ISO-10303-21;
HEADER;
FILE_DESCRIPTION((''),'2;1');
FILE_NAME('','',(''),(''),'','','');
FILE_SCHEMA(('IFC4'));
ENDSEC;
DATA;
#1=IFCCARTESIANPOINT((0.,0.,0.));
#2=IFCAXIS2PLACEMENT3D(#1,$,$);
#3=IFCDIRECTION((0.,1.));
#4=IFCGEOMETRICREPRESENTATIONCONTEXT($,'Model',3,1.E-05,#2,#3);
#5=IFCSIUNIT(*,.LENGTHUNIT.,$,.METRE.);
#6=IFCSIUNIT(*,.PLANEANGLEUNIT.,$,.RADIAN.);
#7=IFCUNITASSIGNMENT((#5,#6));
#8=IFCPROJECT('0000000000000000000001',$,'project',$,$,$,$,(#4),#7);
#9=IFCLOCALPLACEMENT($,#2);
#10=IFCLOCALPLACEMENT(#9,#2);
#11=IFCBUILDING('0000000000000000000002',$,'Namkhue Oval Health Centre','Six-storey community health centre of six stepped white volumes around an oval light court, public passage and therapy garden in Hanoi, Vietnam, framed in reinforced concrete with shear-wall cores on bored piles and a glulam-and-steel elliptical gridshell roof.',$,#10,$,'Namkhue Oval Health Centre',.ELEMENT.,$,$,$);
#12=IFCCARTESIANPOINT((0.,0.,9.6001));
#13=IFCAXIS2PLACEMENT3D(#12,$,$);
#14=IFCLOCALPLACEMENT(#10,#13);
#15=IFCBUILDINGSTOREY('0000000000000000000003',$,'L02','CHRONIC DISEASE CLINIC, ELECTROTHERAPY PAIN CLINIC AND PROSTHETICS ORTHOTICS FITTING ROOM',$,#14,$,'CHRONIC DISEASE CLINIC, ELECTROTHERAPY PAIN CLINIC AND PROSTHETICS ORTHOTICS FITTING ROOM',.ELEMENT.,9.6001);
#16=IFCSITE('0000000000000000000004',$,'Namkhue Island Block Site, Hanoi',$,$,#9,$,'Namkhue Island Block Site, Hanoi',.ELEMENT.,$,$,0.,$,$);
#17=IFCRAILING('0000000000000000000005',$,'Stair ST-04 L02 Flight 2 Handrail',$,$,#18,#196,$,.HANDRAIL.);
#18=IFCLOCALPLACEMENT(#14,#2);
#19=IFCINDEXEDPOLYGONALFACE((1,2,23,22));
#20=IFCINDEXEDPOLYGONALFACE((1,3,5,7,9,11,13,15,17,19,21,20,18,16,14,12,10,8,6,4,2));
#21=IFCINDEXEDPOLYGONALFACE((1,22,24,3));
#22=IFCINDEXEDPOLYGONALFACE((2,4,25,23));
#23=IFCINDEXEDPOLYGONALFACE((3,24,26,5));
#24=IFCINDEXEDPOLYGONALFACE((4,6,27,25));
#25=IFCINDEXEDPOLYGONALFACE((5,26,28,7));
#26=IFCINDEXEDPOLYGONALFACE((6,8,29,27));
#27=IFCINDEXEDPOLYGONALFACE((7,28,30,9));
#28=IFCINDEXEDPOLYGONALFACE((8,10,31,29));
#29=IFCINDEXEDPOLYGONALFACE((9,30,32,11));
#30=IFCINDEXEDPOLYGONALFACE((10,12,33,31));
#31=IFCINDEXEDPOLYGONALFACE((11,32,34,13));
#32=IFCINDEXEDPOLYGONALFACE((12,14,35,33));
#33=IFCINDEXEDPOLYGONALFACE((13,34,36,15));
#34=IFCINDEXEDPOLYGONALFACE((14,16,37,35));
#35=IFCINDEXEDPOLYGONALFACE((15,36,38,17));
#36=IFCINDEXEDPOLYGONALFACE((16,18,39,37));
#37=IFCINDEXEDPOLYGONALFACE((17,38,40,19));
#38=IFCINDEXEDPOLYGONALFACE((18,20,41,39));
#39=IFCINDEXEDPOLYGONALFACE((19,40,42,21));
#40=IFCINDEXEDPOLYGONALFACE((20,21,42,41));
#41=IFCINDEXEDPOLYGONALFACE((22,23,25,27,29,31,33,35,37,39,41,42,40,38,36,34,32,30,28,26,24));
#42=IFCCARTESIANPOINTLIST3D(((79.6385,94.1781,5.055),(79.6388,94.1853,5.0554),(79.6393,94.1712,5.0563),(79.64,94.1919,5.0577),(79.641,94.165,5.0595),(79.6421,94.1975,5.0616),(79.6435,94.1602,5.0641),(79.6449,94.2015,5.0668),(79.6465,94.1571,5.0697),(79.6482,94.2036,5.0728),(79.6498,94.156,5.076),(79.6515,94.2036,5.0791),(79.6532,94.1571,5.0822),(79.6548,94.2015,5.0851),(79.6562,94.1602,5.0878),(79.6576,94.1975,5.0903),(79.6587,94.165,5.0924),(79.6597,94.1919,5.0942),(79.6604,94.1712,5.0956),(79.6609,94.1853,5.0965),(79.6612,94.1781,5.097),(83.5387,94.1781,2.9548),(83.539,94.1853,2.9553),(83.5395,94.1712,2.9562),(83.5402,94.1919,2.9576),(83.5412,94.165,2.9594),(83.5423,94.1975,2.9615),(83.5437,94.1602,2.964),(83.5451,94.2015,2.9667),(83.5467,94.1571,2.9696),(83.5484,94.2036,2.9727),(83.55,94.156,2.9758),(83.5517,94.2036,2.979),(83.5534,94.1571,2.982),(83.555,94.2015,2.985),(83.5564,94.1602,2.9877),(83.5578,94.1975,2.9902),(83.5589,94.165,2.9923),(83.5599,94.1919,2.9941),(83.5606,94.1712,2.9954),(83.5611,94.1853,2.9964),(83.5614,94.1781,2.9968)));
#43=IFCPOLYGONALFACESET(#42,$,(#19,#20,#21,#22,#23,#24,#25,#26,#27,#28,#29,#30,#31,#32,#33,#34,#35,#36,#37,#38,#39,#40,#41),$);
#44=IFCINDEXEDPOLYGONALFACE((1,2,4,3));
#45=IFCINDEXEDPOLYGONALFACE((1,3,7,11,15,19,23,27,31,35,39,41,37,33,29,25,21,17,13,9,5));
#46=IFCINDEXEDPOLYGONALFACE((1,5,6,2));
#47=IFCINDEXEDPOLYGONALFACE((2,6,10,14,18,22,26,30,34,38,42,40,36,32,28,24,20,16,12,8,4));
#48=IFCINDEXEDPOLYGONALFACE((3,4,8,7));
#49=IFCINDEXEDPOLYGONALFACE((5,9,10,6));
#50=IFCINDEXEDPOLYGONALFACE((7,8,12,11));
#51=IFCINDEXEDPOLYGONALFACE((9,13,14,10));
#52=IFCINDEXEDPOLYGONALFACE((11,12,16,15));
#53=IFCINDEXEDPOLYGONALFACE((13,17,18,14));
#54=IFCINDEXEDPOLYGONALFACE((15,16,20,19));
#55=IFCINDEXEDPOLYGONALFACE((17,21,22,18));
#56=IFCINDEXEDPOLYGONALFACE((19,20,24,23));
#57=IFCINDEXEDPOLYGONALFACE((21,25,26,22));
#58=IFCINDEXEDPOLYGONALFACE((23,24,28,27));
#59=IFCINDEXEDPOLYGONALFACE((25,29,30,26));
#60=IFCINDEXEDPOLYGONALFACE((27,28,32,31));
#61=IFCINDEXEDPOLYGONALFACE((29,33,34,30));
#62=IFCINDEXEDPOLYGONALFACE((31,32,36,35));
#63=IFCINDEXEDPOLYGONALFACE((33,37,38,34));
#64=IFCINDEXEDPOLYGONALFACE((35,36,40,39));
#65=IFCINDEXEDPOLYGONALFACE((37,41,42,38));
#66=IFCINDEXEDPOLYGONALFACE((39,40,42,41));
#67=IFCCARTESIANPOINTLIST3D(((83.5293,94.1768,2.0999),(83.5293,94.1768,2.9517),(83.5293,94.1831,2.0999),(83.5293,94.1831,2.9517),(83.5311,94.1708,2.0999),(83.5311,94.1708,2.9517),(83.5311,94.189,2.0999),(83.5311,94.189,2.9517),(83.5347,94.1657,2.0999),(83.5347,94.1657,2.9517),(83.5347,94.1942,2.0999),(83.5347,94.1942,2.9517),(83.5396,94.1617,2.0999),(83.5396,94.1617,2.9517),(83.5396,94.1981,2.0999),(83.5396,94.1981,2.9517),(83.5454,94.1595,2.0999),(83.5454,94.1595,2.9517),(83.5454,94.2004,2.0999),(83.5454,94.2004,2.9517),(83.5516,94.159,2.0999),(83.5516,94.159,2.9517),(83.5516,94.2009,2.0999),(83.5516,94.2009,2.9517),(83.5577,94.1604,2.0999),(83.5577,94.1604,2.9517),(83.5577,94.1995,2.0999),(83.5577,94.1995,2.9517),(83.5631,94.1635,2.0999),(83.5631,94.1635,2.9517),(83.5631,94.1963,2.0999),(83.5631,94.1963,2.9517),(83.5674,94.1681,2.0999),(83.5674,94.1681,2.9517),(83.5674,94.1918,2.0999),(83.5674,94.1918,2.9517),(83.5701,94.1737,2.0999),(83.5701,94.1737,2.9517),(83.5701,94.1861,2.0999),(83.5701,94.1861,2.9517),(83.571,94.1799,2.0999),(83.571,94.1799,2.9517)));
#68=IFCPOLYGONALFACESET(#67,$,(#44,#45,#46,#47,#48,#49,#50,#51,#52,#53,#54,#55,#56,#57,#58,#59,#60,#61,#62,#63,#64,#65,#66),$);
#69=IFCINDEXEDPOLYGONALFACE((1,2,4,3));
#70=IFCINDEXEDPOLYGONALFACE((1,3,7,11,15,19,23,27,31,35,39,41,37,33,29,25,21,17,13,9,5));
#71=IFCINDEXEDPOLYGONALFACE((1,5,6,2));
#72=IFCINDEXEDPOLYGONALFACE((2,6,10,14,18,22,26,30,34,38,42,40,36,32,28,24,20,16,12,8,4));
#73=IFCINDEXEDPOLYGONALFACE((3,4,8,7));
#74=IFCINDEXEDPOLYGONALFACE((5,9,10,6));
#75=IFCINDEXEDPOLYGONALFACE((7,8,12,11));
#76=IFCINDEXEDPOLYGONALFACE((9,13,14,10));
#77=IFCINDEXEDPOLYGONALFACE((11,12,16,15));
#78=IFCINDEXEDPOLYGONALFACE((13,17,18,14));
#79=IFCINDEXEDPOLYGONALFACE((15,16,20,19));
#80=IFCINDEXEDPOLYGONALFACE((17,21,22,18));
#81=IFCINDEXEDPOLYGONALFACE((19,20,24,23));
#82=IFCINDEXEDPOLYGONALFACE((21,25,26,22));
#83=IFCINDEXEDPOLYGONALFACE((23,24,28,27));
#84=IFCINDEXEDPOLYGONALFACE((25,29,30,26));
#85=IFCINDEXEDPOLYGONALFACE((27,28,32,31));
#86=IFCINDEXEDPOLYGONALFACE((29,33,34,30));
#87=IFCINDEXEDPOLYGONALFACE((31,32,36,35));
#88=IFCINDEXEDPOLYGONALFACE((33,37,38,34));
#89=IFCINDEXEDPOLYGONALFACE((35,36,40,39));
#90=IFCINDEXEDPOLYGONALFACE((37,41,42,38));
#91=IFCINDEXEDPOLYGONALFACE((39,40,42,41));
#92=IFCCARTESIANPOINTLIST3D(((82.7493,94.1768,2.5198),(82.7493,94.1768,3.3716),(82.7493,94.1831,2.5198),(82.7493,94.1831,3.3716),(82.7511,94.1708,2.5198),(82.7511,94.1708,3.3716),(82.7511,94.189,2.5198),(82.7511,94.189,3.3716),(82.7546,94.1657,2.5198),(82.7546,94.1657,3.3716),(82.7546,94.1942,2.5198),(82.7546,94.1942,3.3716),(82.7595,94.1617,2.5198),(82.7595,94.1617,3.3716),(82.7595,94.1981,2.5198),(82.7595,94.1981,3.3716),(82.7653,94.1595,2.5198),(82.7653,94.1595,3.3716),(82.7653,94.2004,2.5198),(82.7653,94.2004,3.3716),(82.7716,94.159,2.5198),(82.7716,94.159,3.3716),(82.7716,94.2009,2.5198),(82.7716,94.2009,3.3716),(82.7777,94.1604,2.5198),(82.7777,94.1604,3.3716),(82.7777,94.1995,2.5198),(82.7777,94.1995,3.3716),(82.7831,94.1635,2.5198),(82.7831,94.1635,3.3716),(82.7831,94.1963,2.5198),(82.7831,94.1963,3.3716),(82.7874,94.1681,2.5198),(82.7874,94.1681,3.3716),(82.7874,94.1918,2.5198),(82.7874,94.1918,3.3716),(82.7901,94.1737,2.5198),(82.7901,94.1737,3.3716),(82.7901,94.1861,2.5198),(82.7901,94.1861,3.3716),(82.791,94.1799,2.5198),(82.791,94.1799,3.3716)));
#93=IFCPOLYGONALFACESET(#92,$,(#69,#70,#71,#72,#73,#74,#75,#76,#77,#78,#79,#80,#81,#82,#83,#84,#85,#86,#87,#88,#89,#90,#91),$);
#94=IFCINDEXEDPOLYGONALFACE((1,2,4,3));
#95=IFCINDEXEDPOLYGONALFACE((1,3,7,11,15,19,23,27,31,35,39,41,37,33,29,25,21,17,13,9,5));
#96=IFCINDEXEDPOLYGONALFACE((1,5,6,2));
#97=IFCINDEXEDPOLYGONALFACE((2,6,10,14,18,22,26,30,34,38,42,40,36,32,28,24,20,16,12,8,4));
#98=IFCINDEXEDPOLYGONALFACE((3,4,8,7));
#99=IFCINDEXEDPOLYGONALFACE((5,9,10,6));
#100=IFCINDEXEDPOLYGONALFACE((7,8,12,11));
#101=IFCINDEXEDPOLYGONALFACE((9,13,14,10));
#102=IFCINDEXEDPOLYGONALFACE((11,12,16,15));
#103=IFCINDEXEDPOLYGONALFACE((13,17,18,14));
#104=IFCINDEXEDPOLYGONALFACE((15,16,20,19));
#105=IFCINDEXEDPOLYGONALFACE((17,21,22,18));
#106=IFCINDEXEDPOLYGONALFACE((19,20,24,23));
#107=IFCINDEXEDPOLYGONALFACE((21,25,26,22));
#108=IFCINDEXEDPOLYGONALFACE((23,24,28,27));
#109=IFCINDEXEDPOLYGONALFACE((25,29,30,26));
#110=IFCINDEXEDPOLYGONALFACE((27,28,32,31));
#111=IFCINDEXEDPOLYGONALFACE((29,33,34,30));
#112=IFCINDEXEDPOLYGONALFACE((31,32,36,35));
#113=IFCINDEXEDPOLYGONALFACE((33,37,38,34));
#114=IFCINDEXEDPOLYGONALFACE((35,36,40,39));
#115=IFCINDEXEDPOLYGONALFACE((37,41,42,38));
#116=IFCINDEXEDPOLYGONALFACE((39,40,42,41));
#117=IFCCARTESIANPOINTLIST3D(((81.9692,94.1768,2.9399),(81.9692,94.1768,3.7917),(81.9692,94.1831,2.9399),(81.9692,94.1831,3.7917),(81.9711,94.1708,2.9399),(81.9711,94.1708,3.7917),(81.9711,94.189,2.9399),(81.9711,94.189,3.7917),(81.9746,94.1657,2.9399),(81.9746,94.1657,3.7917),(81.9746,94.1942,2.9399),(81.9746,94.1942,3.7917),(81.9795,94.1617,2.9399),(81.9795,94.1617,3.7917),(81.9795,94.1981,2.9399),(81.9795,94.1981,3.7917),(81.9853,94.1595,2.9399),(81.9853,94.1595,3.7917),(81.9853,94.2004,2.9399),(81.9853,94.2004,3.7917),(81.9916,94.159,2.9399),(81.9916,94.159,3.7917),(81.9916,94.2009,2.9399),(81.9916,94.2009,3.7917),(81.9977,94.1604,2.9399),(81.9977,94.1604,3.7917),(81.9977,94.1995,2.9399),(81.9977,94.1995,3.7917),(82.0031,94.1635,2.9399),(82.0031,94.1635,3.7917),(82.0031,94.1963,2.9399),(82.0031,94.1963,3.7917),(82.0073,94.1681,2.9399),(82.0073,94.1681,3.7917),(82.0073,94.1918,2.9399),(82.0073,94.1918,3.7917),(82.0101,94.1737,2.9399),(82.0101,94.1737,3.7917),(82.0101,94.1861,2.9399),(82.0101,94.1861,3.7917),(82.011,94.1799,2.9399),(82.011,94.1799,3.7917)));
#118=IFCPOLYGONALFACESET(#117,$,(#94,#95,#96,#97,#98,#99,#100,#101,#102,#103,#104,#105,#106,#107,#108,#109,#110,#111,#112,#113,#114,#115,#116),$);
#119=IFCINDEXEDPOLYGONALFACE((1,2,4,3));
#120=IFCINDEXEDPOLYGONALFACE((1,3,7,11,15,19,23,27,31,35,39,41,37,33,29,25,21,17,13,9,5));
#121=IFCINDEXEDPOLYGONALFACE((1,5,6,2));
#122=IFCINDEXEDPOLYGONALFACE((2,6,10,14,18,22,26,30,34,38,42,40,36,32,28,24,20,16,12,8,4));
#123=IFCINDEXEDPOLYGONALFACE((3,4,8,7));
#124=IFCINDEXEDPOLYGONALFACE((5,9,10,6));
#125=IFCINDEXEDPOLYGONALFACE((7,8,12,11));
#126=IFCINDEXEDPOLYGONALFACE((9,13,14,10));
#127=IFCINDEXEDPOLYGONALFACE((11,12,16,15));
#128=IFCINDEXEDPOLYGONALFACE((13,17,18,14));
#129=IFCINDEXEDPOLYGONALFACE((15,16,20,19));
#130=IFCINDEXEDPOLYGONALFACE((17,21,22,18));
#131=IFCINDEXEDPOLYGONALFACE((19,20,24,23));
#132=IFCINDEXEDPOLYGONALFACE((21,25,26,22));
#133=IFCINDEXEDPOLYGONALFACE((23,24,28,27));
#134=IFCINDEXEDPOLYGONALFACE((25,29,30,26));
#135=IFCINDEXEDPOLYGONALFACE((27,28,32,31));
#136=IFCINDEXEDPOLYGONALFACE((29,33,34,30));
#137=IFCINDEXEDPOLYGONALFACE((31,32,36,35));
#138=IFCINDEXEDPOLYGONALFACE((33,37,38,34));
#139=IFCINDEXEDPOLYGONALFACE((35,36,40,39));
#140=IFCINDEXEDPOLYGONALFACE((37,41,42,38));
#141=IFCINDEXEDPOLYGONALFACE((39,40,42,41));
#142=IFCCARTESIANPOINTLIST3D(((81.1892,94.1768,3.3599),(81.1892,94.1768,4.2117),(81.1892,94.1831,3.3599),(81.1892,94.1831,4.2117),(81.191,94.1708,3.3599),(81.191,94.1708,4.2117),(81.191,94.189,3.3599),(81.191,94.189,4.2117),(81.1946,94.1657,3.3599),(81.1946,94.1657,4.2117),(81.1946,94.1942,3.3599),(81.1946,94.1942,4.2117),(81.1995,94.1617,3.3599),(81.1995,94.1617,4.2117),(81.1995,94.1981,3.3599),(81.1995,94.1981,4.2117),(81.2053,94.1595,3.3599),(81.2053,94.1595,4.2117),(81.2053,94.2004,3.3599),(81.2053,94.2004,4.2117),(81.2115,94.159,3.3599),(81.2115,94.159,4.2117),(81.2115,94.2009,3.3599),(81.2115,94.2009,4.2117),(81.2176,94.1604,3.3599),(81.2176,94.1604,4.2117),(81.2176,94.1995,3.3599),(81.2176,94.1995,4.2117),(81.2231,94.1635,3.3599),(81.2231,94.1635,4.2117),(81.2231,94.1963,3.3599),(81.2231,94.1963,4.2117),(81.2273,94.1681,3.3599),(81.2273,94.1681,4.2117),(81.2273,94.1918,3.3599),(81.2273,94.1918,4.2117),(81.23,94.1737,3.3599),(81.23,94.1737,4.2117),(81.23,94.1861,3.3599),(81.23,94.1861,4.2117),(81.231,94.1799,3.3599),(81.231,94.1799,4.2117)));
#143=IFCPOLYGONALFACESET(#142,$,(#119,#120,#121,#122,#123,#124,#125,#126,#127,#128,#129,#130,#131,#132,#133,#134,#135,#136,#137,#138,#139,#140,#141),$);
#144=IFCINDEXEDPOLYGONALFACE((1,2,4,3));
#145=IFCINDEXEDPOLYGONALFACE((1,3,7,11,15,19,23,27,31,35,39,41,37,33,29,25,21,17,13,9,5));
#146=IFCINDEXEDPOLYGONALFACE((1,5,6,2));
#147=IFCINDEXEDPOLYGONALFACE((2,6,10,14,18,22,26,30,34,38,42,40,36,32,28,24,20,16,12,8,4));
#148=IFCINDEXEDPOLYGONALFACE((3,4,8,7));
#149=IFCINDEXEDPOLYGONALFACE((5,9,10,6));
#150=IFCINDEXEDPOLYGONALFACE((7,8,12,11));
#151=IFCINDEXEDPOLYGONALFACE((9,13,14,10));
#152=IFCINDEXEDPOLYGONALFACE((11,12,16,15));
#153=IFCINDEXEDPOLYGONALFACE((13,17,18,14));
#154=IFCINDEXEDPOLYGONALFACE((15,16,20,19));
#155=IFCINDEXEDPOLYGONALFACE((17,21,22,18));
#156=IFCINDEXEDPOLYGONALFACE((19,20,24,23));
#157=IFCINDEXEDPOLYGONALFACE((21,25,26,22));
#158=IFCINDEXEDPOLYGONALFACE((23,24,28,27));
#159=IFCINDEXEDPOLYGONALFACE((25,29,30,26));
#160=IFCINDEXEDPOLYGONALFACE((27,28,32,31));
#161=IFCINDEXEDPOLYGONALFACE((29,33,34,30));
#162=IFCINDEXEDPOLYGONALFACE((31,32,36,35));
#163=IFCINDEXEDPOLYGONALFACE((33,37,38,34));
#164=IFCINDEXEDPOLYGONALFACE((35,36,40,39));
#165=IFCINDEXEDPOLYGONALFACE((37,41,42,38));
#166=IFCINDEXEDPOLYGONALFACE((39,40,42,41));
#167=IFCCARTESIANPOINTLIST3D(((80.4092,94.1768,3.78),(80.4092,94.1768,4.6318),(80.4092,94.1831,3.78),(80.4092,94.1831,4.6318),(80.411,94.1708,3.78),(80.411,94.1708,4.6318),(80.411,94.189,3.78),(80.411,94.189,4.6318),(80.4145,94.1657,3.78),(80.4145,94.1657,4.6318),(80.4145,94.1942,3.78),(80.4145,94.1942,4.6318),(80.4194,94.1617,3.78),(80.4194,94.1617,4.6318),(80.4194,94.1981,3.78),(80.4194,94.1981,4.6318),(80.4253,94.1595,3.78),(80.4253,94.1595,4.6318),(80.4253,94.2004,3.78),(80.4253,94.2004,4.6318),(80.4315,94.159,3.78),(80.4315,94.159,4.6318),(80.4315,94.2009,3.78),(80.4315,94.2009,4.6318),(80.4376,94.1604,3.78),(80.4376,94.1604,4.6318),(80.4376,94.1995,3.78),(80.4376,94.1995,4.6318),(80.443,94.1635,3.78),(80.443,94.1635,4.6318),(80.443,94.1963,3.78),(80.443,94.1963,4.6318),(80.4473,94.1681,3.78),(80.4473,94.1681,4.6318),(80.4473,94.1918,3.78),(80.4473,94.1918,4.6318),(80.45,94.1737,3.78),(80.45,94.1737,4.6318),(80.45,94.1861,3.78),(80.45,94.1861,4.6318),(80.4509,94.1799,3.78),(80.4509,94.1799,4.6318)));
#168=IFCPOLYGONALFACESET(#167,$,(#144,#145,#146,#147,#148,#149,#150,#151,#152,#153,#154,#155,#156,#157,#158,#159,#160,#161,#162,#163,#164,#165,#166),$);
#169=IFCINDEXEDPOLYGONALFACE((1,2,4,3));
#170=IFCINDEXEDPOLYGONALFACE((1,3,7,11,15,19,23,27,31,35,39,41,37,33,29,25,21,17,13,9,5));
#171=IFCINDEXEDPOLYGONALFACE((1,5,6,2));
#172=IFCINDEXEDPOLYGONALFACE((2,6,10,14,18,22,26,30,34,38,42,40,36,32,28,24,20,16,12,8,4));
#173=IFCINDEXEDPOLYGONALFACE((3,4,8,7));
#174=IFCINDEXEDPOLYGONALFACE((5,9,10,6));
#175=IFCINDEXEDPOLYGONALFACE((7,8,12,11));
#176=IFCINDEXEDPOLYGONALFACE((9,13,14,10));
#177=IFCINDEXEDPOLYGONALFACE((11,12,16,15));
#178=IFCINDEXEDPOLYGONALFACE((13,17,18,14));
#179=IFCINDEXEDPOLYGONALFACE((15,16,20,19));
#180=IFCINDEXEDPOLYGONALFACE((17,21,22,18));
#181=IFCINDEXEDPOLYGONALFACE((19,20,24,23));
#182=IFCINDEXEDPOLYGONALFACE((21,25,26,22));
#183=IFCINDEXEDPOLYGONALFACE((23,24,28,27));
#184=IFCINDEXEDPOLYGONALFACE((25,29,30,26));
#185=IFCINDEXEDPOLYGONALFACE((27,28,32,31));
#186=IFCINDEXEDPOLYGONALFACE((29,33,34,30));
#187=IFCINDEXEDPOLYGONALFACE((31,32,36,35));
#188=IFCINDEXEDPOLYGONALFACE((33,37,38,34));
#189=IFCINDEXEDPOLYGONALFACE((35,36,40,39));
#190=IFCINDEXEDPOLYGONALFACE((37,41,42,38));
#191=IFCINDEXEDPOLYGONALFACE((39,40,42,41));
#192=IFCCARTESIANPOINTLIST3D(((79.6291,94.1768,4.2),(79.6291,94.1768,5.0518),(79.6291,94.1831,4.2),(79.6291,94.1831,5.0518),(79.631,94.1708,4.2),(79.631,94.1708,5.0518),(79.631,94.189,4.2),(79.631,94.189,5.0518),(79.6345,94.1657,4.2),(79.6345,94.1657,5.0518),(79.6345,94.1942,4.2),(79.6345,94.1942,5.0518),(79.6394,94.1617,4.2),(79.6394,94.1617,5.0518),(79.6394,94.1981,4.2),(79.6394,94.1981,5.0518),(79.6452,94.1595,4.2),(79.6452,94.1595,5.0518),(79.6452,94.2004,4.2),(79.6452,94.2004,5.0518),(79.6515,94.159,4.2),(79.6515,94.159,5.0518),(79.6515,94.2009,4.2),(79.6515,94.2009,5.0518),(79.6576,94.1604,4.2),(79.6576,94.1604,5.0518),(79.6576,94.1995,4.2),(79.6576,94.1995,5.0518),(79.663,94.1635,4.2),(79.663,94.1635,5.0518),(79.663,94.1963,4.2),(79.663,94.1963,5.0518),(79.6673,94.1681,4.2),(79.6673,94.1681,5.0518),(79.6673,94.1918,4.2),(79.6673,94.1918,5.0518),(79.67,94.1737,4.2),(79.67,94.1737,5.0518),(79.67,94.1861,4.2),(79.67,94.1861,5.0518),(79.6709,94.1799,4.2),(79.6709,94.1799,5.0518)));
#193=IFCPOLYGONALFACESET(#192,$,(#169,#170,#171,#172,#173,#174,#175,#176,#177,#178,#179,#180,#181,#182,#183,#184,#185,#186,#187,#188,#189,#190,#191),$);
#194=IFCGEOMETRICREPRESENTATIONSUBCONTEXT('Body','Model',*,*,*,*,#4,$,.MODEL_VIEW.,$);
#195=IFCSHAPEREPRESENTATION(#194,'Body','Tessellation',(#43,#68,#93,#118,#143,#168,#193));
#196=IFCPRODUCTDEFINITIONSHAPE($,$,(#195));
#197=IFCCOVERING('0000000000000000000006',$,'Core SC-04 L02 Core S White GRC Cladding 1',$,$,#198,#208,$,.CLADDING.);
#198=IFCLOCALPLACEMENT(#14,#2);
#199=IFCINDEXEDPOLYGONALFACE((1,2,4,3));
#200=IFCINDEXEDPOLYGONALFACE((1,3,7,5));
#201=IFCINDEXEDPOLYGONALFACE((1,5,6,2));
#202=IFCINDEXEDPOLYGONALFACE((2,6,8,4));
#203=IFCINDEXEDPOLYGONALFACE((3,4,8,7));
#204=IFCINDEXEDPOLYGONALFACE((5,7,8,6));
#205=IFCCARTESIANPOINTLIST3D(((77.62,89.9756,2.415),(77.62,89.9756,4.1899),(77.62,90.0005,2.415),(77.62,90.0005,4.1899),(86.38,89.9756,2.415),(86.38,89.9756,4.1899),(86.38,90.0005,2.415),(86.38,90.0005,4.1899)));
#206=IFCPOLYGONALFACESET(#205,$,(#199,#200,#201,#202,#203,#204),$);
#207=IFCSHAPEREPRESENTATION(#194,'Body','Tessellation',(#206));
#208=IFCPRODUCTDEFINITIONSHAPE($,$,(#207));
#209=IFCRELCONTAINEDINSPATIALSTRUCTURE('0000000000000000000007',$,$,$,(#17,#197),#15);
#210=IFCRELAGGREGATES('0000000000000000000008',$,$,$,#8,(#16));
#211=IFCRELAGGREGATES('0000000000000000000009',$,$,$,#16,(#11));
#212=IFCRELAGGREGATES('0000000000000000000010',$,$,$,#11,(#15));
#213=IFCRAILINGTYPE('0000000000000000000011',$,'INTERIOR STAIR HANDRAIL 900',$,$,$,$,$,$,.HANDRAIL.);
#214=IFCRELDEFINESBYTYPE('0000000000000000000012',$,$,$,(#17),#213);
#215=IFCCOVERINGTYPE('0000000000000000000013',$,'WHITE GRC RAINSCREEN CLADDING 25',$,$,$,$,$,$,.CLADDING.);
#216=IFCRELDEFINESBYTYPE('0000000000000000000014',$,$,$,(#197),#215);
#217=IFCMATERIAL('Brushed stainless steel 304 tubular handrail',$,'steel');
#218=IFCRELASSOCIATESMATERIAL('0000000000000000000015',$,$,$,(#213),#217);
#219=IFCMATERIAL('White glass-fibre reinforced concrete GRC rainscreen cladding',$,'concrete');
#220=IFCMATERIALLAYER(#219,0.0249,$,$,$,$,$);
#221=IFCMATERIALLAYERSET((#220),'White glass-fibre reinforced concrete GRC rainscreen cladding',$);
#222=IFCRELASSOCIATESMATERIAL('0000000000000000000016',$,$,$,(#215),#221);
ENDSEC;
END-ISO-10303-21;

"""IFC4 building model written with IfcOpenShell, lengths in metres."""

from ifc_helpers import new_model, si_unit, direction, frame, origin, origin_2d, place, context, subcontext, project, spatial, rectangle, circle, extrude, material, layer, layer_set, type_object, element, save


model = new_model("IFC4")

# Units and contexts
model_context = context("Model", 3, precision=1e-05, world=origin(), true_north=direction((0.0, 1.0)))
body_context = subcontext(model_context, "Body", "Model", "MODEL_VIEW")
ifc_project = project(units=[si_unit("LENGTHUNIT", "METRE"), si_unit("PLANEANGLEUNIT", "RADIAN")], contexts=[model_context])

# Site, building, storey
site_placement = place(None, origin())
site = spatial("IfcSite", under=ifc_project, at=site_placement, Name="Namkhue Island Block Site, Hanoi", LongName="Namkhue Island Block Site, Hanoi", CompositionType="ELEMENT", RefElevation=0.0)
building_placement = place(site_placement, origin())
building = spatial("IfcBuilding", under=site, at=building_placement, Name="Namkhue Oval Health Centre", Description="Six-storey community health centre of six stepped white volumes around an oval light court, public passage and therapy garden in Hanoi, Vietnam, framed in reinforced concrete with shear-wall cores on bored piles and a glulam-and-steel elliptical gridshell roof.", LongName="Namkhue Oval Health Centre", CompositionType="ELEMENT")
storey_placement = place(building_placement, frame((0.0, 0.0, 9.6001)))
storey = spatial("IfcBuildingStorey", under=building, at=storey_placement, Name="L02", Description="CHRONIC DISEASE CLINIC, ELECTROTHERAPY PAIN CLINIC AND PROSTHETICS ORTHOTICS FITTING ROOM", LongName="CHRONIC DISEASE CLINIC, ELECTROTHERAPY PAIN CLINIC AND PROSTHETICS ORTHOTICS FITTING ROOM", CompositionType="ELEMENT", Elevation=9.6001)

# Railing
ifc_material_1 = material(Name="Brushed stainless steel 304 tubular handrail", Category="steel")
railing_type_1 = type_object("IfcRailingType", Name="INTERIOR STAIR HANDRAIL 900", PredefinedType="HANDRAIL", material=ifc_material_1)
railing_1_placement = place(storey_placement, frame((83.55, 94.1799, 2.0999)))
element("IfcRailing", 1, at=railing_1_placement, inside=storey, type_object=railing_type_1, Name="Stair ST-04 L02 Flight 2 Handrail", PredefinedType="HANDRAIL", context=body_context, shape_type="SweptSolid", body=[
    extrude(circle(Radius=0.0239, at=origin_2d()), frame((0.0, 0.0, 0.876), z_axis=(-0.880469, 0.0, 0.474103), x_axis=(0.0, -1.0, 0.0)), (0.0, 0.0, 1.0), 4.4297),
    extrude(circle(Radius=0.021, at=origin_2d()), origin(), (0.0, 0.0, 1.0), 0.8518),
    extrude(circle(Radius=0.021, at=origin_2d()), frame((-0.78, 0.0, 0.4199)), (0.0, 0.0, 1.0), 0.8518),
    extrude(circle(Radius=0.021, at=origin_2d()), frame((-1.5601, 0.0, 0.8401)), (0.0, 0.0, 1.0), 0.8518),
    extrude(circle(Radius=0.021, at=origin_2d()), frame((-2.3401, 0.0, 1.26)), (0.0, 0.0, 1.0), 0.8518),
    extrude(circle(Radius=0.021, at=origin_2d()), frame((-3.1201, 0.0, 1.6802)), (0.0, 0.0, 1.0), 0.8518),
    extrude(circle(Radius=0.021, at=origin_2d()), frame((-3.9001, 0.0, 2.1001)), (0.0, 0.0, 1.0), 0.8518),
])

# Covering
ifc_material_2 = material(Name="White glass-fibre reinforced concrete GRC rainscreen cladding", Category="concrete")
ifc_layer_1 = layer(ifc_material_2, 0.0249)
ifc_layer_set_1 = layer_set([ifc_layer_1], Name="White glass-fibre reinforced concrete GRC rainscreen cladding")
covering_type = type_object("IfcCoveringType", Name="WHITE GRC RAINSCREEN CLADDING 25", PredefinedType="CLADDING", material=ifc_layer_set_1)
covering_1_placement = place(storey_placement, frame((82.0, 89.988, 2.415), z_axis=(0.0, 0.0, 1.0), x_axis=(1.0, 0.0, 0.0)))
element("IfcCovering", 2, at=covering_1_placement, inside=storey, type_object=covering_type, Name="Core SC-04 L02 Core S White GRC Cladding 1", PredefinedType="CLADDING", context=body_context, shape_type="SweptSolid", body=[
    extrude(rectangle(XDim=8.76, YDim=0.0249, at=origin_2d()), origin(), (0.0, 0.0, 1.0), 1.7749),
])

save(model, "model.ifc")
